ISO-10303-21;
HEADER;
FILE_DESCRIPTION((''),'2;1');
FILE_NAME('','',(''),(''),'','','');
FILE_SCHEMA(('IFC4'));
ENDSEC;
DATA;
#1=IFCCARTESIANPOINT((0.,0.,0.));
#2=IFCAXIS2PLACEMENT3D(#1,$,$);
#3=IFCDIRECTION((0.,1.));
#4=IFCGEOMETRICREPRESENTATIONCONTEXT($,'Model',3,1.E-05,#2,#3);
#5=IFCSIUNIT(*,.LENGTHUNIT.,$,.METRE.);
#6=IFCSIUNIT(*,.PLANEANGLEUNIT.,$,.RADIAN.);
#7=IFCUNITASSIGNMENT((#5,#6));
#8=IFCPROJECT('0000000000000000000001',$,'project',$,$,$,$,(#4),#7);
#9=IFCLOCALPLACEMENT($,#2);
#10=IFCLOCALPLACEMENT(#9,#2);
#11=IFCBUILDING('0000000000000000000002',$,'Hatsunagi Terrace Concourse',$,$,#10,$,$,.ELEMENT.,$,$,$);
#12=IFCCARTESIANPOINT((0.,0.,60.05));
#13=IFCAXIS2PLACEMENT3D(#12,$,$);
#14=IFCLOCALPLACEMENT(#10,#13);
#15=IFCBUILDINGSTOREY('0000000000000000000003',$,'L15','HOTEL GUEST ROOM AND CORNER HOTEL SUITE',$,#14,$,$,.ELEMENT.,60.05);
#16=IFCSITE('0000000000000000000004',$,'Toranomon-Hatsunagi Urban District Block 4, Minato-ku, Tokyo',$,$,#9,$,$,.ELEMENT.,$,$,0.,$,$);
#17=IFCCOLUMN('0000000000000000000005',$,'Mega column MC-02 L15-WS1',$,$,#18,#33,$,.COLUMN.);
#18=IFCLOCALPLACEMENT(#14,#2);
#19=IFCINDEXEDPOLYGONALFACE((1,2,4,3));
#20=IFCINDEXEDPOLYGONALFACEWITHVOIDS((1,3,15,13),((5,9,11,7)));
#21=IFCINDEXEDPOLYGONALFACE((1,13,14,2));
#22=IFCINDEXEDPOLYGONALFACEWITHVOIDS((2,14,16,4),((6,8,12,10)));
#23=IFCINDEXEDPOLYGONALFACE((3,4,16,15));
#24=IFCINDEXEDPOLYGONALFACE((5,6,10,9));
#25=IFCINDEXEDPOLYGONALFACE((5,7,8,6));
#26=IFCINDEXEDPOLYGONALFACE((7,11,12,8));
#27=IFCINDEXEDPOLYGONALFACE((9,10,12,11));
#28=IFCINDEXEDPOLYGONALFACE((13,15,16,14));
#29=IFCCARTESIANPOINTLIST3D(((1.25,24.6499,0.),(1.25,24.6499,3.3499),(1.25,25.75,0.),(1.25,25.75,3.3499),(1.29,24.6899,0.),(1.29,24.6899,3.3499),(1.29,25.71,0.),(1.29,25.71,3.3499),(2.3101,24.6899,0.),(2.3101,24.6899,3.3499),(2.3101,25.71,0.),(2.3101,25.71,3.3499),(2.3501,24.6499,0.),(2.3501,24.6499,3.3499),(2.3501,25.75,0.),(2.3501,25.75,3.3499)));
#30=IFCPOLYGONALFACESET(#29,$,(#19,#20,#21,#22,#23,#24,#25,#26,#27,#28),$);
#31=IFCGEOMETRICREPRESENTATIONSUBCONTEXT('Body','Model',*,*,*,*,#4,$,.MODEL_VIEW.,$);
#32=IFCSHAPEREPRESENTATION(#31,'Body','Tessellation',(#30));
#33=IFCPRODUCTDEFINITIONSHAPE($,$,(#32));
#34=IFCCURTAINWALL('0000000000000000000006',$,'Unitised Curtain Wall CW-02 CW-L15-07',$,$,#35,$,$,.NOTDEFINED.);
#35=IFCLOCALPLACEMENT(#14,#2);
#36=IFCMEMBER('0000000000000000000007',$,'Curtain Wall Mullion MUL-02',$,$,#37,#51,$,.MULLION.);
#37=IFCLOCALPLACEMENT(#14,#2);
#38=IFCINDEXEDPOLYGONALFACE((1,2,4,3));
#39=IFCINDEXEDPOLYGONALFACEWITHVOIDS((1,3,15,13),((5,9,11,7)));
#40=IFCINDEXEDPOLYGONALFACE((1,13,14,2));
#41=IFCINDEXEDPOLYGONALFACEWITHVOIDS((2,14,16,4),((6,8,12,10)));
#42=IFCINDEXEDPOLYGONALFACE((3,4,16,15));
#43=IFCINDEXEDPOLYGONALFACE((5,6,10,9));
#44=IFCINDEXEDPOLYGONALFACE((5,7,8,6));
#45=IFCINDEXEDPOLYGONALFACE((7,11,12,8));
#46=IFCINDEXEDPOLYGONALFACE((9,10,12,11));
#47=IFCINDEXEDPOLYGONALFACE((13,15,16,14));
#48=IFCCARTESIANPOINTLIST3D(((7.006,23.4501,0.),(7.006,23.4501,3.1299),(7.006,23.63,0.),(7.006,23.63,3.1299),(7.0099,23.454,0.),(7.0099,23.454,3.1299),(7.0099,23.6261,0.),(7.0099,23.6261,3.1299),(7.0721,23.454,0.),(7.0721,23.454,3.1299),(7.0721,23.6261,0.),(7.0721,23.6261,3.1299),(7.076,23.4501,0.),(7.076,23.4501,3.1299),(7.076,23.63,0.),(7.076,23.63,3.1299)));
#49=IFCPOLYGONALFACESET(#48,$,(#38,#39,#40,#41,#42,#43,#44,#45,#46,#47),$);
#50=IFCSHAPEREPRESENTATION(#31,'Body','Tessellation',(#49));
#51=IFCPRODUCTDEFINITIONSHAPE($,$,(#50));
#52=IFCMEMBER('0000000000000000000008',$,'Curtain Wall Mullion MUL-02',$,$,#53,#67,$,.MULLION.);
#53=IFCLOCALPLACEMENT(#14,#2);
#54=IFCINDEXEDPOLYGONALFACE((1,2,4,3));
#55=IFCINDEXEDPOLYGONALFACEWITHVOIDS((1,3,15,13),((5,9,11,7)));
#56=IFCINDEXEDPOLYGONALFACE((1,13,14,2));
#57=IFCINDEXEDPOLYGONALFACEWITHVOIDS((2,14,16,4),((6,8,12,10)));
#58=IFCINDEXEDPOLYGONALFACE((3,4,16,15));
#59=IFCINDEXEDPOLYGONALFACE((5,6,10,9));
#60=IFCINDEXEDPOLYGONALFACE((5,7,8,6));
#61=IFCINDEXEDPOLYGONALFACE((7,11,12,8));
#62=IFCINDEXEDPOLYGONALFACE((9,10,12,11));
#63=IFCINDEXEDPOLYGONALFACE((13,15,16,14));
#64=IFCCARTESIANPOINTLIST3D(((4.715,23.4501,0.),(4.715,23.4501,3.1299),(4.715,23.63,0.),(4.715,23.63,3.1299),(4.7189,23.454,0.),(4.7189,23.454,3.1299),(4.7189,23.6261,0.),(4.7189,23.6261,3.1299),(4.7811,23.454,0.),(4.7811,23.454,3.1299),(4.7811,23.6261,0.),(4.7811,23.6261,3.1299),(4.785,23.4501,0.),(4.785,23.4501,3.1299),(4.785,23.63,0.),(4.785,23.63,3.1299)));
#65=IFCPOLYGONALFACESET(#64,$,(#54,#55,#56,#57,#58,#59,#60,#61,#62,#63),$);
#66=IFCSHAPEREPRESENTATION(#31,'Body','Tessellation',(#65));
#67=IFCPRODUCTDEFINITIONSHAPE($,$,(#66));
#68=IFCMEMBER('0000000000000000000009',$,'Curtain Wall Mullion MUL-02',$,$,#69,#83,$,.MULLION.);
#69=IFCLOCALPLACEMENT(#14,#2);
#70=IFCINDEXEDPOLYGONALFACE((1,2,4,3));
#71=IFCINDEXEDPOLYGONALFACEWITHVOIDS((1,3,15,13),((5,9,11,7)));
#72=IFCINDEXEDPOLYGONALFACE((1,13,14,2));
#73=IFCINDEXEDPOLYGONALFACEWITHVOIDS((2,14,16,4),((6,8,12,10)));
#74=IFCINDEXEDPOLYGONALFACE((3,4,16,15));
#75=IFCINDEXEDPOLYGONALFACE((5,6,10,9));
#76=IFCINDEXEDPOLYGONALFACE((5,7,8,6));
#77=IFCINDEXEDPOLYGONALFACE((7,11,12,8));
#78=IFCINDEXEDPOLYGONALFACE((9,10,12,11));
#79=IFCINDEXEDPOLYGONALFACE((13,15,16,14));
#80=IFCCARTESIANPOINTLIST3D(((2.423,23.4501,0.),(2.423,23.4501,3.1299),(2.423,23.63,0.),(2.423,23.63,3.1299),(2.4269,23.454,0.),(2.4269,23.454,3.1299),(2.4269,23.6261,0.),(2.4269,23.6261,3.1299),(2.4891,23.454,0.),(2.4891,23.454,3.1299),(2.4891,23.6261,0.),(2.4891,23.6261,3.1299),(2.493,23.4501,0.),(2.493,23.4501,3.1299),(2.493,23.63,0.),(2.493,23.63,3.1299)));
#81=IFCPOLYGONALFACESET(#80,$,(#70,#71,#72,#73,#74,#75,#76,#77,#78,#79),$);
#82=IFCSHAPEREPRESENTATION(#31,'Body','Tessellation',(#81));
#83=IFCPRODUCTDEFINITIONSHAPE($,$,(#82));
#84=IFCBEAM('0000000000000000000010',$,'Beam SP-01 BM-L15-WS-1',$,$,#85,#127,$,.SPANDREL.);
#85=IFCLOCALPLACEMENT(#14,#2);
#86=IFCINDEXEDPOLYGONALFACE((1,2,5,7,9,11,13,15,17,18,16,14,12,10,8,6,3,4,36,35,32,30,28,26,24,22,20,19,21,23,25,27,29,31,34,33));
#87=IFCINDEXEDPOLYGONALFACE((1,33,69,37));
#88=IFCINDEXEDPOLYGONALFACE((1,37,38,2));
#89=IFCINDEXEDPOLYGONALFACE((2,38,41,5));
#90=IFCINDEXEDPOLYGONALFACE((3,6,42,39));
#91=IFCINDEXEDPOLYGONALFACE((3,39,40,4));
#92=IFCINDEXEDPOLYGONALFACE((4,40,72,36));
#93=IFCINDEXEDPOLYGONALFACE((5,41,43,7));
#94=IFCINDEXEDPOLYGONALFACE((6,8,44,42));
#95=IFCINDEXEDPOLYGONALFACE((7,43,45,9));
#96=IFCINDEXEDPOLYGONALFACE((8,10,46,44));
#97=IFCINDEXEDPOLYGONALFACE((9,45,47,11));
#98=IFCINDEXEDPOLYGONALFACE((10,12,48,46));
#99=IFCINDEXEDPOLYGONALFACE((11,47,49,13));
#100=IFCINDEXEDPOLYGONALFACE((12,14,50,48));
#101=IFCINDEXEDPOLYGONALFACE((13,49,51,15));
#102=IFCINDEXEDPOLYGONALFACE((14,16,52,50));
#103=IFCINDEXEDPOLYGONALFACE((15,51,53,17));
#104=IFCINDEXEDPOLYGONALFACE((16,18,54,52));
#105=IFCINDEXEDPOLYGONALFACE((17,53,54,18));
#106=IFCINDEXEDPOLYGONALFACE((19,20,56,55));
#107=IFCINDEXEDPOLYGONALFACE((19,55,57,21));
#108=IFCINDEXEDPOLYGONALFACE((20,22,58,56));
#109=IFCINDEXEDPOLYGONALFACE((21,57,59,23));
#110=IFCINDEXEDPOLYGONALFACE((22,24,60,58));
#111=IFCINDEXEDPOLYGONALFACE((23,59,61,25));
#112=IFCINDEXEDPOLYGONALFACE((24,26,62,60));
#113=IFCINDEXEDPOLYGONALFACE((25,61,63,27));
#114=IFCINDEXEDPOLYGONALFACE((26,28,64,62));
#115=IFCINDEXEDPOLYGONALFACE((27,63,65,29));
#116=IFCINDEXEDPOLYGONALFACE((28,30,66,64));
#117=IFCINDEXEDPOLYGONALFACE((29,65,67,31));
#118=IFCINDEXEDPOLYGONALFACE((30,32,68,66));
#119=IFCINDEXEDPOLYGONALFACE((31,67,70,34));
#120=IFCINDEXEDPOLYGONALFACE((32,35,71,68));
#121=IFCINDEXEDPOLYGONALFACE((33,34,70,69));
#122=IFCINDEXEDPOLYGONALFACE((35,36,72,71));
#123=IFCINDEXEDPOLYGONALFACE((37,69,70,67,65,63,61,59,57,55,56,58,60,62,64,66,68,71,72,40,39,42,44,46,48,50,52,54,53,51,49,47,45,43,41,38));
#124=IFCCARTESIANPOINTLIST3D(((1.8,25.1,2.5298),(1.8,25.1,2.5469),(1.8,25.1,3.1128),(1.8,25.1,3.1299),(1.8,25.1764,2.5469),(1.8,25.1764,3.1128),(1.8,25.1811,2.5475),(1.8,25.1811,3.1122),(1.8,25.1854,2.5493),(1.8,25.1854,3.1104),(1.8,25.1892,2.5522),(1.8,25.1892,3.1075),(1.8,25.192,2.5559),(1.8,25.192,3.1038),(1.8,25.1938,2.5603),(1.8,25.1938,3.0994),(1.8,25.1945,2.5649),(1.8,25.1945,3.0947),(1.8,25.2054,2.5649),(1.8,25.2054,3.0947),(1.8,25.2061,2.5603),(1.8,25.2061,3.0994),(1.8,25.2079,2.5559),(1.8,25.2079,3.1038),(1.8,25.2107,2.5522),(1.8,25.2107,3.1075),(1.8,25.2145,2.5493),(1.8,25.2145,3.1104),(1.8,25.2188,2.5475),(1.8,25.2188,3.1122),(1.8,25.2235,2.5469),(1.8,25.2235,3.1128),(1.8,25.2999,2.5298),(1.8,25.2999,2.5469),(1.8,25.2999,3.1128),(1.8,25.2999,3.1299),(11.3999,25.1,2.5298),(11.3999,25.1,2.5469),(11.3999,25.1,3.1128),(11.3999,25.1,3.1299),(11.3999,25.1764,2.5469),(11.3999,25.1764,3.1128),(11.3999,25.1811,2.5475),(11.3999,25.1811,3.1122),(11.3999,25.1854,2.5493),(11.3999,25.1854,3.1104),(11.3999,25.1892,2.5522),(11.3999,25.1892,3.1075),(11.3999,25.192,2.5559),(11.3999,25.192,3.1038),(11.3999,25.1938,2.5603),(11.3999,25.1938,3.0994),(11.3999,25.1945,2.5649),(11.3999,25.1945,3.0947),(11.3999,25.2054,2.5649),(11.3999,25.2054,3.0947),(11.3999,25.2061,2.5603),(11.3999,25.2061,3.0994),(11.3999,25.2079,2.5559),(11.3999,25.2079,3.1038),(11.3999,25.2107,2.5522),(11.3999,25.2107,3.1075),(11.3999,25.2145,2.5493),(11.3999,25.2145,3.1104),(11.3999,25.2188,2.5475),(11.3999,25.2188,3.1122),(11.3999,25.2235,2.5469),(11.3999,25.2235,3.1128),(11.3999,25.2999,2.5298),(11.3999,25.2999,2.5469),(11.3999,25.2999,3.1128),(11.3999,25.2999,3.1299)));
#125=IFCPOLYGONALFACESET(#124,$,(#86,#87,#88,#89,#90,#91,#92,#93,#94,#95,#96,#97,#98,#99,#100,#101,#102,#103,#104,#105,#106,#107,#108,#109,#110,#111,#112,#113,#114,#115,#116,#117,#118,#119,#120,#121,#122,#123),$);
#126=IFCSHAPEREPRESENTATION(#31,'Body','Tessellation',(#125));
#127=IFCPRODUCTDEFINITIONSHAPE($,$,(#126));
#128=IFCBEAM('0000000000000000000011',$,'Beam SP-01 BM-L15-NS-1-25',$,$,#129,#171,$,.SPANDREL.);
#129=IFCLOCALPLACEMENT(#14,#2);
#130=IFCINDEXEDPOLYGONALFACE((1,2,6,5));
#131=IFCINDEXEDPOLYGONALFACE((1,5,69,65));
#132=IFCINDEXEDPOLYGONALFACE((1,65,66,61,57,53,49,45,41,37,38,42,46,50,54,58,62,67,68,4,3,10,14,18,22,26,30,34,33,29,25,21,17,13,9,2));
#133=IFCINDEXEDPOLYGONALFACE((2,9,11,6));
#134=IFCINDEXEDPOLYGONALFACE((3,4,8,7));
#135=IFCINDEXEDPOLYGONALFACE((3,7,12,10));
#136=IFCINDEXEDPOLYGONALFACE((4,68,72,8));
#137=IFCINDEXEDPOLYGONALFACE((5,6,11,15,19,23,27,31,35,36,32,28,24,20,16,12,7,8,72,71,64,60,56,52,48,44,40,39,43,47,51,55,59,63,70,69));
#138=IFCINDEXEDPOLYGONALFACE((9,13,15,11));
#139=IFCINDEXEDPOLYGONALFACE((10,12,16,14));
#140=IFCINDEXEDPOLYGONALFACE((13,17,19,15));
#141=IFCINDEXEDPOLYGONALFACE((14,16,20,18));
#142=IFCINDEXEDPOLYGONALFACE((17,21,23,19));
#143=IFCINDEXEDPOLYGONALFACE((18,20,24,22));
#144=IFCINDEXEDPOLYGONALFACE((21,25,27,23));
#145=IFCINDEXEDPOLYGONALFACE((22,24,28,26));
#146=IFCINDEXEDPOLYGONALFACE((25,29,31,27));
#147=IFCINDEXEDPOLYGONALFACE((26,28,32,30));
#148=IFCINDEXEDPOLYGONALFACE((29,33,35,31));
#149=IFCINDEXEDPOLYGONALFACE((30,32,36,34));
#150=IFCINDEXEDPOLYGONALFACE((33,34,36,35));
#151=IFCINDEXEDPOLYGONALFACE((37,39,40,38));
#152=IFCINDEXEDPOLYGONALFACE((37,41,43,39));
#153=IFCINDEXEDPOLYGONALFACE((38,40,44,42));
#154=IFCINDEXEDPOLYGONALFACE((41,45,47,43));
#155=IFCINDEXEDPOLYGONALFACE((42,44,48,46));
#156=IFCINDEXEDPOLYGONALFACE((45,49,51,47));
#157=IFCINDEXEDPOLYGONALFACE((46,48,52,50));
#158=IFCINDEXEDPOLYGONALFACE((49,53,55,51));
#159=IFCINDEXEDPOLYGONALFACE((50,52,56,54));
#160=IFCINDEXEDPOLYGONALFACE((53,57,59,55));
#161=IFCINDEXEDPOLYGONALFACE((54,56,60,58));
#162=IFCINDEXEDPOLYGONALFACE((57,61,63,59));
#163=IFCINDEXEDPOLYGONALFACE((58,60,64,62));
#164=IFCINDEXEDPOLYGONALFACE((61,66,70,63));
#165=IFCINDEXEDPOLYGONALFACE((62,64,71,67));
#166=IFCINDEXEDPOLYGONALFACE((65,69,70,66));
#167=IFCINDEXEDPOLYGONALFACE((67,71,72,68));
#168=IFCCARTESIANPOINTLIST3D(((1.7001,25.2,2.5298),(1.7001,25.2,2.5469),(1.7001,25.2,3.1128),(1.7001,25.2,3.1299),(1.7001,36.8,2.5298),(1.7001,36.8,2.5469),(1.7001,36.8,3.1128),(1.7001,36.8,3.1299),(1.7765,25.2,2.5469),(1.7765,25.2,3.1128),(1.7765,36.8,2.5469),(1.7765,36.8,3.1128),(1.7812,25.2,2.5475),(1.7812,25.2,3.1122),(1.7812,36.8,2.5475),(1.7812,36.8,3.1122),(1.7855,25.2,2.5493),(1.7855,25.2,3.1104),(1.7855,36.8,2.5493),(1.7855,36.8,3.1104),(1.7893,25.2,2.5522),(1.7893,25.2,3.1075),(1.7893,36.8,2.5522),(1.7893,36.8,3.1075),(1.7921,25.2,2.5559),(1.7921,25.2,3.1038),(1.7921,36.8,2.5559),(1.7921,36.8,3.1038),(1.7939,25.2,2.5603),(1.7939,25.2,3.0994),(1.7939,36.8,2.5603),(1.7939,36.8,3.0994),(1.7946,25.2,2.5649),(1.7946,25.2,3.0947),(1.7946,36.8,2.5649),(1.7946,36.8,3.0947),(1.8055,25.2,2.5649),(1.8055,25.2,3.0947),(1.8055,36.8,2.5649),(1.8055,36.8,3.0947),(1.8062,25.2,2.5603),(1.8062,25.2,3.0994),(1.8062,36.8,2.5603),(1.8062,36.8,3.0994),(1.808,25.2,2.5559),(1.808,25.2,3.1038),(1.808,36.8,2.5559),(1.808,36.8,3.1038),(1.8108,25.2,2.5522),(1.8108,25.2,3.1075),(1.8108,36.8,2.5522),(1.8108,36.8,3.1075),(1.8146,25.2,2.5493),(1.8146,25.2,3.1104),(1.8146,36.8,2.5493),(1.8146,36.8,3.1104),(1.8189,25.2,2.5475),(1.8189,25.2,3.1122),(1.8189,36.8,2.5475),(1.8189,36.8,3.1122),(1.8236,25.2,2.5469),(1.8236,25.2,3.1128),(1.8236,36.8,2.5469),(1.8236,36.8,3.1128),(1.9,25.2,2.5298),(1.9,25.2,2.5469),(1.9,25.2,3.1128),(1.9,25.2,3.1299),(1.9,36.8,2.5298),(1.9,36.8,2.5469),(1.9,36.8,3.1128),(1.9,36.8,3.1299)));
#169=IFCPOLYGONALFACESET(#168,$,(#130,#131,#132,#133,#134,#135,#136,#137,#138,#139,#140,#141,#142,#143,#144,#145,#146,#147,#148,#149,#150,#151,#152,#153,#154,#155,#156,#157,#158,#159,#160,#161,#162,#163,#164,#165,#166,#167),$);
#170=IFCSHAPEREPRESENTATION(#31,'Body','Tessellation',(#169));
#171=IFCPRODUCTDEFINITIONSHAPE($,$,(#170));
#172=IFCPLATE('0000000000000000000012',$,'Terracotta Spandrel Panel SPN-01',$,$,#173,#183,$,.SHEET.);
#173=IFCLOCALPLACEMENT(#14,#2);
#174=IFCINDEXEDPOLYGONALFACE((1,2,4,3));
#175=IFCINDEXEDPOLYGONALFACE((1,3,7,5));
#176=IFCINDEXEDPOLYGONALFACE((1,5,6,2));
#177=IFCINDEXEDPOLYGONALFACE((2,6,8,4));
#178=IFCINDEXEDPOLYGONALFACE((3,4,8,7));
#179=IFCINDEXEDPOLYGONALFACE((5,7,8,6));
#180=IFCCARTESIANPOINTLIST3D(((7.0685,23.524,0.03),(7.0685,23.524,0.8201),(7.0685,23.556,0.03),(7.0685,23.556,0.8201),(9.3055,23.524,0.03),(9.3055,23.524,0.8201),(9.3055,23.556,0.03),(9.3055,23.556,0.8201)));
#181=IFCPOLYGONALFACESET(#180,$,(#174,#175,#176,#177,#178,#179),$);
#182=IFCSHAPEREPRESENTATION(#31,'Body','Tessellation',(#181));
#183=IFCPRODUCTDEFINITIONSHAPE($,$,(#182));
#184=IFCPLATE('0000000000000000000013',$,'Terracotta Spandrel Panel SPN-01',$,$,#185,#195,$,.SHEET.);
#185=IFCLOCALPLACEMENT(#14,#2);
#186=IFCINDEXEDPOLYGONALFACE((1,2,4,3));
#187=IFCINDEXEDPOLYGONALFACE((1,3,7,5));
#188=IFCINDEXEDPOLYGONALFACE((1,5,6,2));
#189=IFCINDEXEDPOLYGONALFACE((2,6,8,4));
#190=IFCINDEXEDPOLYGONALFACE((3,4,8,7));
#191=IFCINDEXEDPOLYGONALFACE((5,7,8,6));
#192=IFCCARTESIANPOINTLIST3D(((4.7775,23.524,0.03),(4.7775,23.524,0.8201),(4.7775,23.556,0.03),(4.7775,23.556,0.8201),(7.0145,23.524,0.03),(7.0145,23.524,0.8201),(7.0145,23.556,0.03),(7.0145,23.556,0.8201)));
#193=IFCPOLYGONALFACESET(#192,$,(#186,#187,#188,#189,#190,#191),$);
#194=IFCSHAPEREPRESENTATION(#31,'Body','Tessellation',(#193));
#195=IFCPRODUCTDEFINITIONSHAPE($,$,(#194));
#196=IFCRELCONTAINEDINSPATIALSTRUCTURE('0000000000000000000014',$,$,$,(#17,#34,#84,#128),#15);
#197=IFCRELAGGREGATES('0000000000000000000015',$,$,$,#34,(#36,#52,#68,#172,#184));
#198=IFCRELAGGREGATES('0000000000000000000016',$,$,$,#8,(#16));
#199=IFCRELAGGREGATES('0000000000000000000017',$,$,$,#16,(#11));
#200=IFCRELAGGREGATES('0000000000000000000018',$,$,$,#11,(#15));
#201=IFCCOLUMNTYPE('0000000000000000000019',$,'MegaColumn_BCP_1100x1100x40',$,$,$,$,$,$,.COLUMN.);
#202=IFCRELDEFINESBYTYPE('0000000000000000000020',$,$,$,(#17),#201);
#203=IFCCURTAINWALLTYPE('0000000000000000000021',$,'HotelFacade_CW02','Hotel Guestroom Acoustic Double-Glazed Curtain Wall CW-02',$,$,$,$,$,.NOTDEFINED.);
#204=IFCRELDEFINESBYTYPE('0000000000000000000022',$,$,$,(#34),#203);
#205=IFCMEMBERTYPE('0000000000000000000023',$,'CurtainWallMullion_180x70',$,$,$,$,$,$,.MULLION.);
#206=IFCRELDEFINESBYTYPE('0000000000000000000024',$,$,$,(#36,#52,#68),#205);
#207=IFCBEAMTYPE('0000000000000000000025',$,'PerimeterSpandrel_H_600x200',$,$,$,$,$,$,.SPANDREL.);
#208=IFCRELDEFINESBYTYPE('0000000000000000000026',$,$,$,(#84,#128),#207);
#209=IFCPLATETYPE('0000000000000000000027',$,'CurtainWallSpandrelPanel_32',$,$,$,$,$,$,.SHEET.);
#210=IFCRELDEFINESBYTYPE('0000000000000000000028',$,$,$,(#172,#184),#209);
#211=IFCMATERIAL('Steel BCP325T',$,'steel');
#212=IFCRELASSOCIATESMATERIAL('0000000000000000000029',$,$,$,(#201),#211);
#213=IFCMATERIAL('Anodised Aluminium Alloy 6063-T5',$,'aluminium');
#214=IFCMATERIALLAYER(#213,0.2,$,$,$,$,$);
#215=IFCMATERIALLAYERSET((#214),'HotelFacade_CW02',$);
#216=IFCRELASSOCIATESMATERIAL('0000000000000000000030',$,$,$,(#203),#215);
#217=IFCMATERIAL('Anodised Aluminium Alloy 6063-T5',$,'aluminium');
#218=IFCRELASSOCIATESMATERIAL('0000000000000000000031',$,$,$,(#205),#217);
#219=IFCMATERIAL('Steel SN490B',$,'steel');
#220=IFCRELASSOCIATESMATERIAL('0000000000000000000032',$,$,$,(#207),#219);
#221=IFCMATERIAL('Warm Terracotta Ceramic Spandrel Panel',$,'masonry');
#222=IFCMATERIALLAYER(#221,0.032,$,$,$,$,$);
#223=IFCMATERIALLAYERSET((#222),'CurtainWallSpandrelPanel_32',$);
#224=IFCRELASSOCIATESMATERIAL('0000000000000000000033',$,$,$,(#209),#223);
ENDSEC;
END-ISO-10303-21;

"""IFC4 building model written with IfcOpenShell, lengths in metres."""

from ifc_helpers import new_model, si_unit, direction, frame, origin, origin_2d, place, context, subcontext, project, spatial, rectangle, hollow_rectangle, i_section, extrude, material, layer, layer_set, material_profile, profile_set, type_object, element, aggregate, save


model = new_model("IFC4")

# Units and contexts
model_context = context("Model", 3, precision=1e-05, world=origin(), true_north=direction((0.0, 1.0)))
body_context = subcontext(model_context, "Body", "Model", "MODEL_VIEW")
ifc_project = project(units=[si_unit("LENGTHUNIT", "METRE"), si_unit("PLANEANGLEUNIT", "RADIAN")], contexts=[model_context])

# Site, building, storey
site_placement = place(None, origin())
site = spatial("IfcSite", under=ifc_project, at=site_placement, Name="Toranomon-Hatsunagi Urban District Block 4, Minato-ku, Tokyo", CompositionType="ELEMENT", RefElevation=0.0)
building_placement = place(site_placement, origin())
building = spatial("IfcBuilding", under=site, at=building_placement, Name="Hatsunagi Terrace Concourse", CompositionType="ELEMENT")
storey_placement = place(building_placement, frame((0.0, 0.0, 60.05)))
storey = spatial("IfcBuildingStorey", under=building, at=storey_placement, Name="L15", Description="HOTEL GUEST ROOM AND CORNER HOTEL SUITE", CompositionType="ELEMENT", Elevation=60.05)

# Column
ifc_material_1 = material(Name="Steel BCP325T", Category="steel")
ifc_material_profile_1 = material_profile(ifc_material_1, hollow_rectangle(XDim=1.1001, YDim=1.1001, WallThickness=0.04, at=origin_2d()), Name="BCP-1100x1100x40")
ifc_profile_set_1 = profile_set([ifc_material_profile_1], Name="Steel BCP325T")
column_type = type_object("IfcColumnType", Name="MegaColumn_BCP_1100x1100x40", PredefinedType="COLUMN", material=ifc_profile_set_1)
column_placement = place(storey_placement, frame((1.8, 25.2, 0.0), z_axis=(0.0, 0.0, 1.0), x_axis=(1.0, 0.0, 0.0)))
element("IfcColumn", 1, at=column_placement, inside=storey, type_object=column_type, Name="Mega column MC-02 L15-WS1", PredefinedType="COLUMN", context=body_context, shape_type="SweptSolid", body=[
    extrude(hollow_rectangle(XDim=1.1001, YDim=1.1001, WallThickness=0.04, at=origin_2d()), origin(), (0.0, 0.0, 1.0), 3.3499),
])

# Curtain wall, members
ifc_material_2 = material(Name="Anodised Aluminium Alloy 6063-T5", Category="aluminium")
ifc_layer_1 = layer(ifc_material_2, 0.2)
ifc_layer_set_1 = layer_set([ifc_layer_1], Name="HotelFacade_CW02")
curtain_wall_type = type_object("IfcCurtainWallType", Name="HotelFacade_CW02", Description="Hotel Guestroom Acoustic Double-Glazed Curtain Wall CW-02", PredefinedType="NOTDEFINED", material=ifc_layer_set_1)
curtain_wall_placement = place(storey_placement, origin())
curtain_wall = element("IfcCurtainWall", 2, at=curtain_wall_placement, inside=storey, type_object=curtain_wall_type, Name="Unitised Curtain Wall CW-02 CW-L15-07", PredefinedType="NOTDEFINED")
ifc_material_3 = material(Name="Anodised Aluminium Alloy 6063-T5", Category="aluminium")
ifc_material_profile_2 = material_profile(ifc_material_3, hollow_rectangle(XDim=0.0701, YDim=0.1799, WallThickness=0.0039, at=origin_2d()), Name="ALU-MUL-180x70x4")
ifc_profile_set_2 = profile_set([ifc_material_profile_2], Name="Anodised Aluminium Alloy 6063-T5")
member_type = type_object("IfcMemberType", Name="CurtainWallMullion_180x70", PredefinedType="MULLION", material=ifc_profile_set_2)
member_1_placement = place(storey_placement, frame((7.041, 23.54, 0.0), z_axis=(0.0, 0.0, 1.0), x_axis=(-1.0, 0.0, 0.0)))
member_1 = element("IfcMember", 3, at=member_1_placement, type_object=member_type, Name="Curtain Wall Mullion MUL-02", PredefinedType="MULLION", context=body_context, shape_type="SweptSolid", body=[
    extrude(hollow_rectangle(XDim=0.0701, YDim=0.1799, WallThickness=0.0039, at=origin_2d()), origin(), (0.0, 0.0, 1.0), 3.1299),
])
member_2_placement = place(storey_placement, frame((4.75, 23.54, 0.0), z_axis=(0.0, 0.0, 1.0), x_axis=(-1.0, 0.0, 0.0)))
member_2 = element("IfcMember", 4, at=member_2_placement, type_object=member_type, Name="Curtain Wall Mullion MUL-02", PredefinedType="MULLION", context=body_context, shape_type="SweptSolid", body=[
    extrude(hollow_rectangle(XDim=0.0701, YDim=0.1799, WallThickness=0.0039, at=origin_2d()), origin(), (0.0, 0.0, 1.0), 3.1299),
])
member_3_placement = place(storey_placement, frame((2.458, 23.54, 0.0), z_axis=(0.0, 0.0, 1.0), x_axis=(-1.0, 0.0, 0.0)))
member_3 = element("IfcMember", 5, at=member_3_placement, type_object=member_type, Name="Curtain Wall Mullion MUL-02", PredefinedType="MULLION", context=body_context, shape_type="SweptSolid", body=[
    extrude(hollow_rectangle(XDim=0.0701, YDim=0.1799, WallThickness=0.0039, at=origin_2d()), origin(), (0.0, 0.0, 1.0), 3.1299),
])

# Beams
ifc_material_4 = material(Name="Steel SN490B", Category="steel")
ifc_material_profile_3 = material_profile(ifc_material_4, i_section(OverallWidth=0.2, OverallDepth=0.6001, WebThickness=0.011, FlangeThickness=0.0171, FilletRadius=0.0181, at=origin_2d()), Name="H-600x200x11x17")
ifc_profile_set_3 = profile_set([ifc_material_profile_3], Name="Steel SN490B")
beam_type = type_object("IfcBeamType", Name="PerimeterSpandrel_H_600x200", PredefinedType="SPANDREL", material=ifc_profile_set_3)
beam_1_placement = place(storey_placement, frame((1.8, 25.2, 2.8298), z_axis=(1.0, 0.0, 0.0), x_axis=(0.0, 1.0, 0.0)))
element("IfcBeam", 6, at=beam_1_placement, inside=storey, type_object=beam_type, Name="Beam SP-01 BM-L15-WS-1", PredefinedType="SPANDREL", context=body_context, shape_type="SweptSolid", body=[
    extrude(i_section(OverallWidth=0.2, OverallDepth=0.6001, WebThickness=0.011, FlangeThickness=0.0171, FilletRadius=0.0181, at=origin_2d()), origin(), (0.0, 0.0, 1.0), 9.5999),
])
beam_2_placement = place(storey_placement, frame((1.8, 25.2, 2.8298), z_axis=(0.0, 1.0, 0.0), x_axis=(-1.0, 0.0, 0.0)))
element("IfcBeam", 7, at=beam_2_placement, inside=storey, type_object=beam_type, Name="Beam SP-01 BM-L15-NS-1-25", PredefinedType="SPANDREL", context=body_context, shape_type="SweptSolid", body=[
    extrude(i_section(OverallWidth=0.2, OverallDepth=0.6001, WebThickness=0.011, FlangeThickness=0.0171, FilletRadius=0.0181, at=origin_2d()), origin(), (0.0, 0.0, 1.0), 11.6001),
])

# Plates
ifc_material_5 = material(Name="Warm Terracotta Ceramic Spandrel Panel", Category="masonry")
ifc_layer_2 = layer(ifc_material_5, 0.032)
ifc_layer_set_2 = layer_set([ifc_layer_2], Name="CurtainWallSpandrelPanel_32")
plate_type_1 = type_object("IfcPlateType", Name="CurtainWallSpandrelPanel_32", PredefinedType="SHEET", material=ifc_layer_set_2)
plate_1_placement = place(storey_placement, frame((8.187, 23.54, 0.03), z_axis=(0.0, 0.0, 1.0), x_axis=(-1.0, 0.0, 0.0)))
plate_1 = element("IfcPlate", 8, at=plate_1_placement, type_object=plate_type_1, Name="Terracotta Spandrel Panel SPN-01", PredefinedType="SHEET", context=body_context, shape_type="SweptSolid", body=[
    extrude(rectangle(XDim=2.2371, YDim=0.032, at=origin_2d()), origin(), (0.0, 0.0, 1.0), 0.79),
])
plate_2_placement = place(storey_placement, frame((5.896, 23.54, 0.03), z_axis=(0.0, 0.0, 1.0), x_axis=(-1.0, 0.0, 0.0)))
plate_2 = element("IfcPlate", 9, at=plate_2_placement, type_object=plate_type_1, Name="Terracotta Spandrel Panel SPN-01", PredefinedType="SHEET", context=body_context, shape_type="SweptSolid", body=[
    extrude(rectangle(XDim=2.2371, YDim=0.032, at=origin_2d()), origin(), (0.0, 0.0, 1.0), 0.79),
])
aggregate(curtain_wall, [member_1, member_2, member_3, plate_1, plate_2])

save(model, "model.ifc")
